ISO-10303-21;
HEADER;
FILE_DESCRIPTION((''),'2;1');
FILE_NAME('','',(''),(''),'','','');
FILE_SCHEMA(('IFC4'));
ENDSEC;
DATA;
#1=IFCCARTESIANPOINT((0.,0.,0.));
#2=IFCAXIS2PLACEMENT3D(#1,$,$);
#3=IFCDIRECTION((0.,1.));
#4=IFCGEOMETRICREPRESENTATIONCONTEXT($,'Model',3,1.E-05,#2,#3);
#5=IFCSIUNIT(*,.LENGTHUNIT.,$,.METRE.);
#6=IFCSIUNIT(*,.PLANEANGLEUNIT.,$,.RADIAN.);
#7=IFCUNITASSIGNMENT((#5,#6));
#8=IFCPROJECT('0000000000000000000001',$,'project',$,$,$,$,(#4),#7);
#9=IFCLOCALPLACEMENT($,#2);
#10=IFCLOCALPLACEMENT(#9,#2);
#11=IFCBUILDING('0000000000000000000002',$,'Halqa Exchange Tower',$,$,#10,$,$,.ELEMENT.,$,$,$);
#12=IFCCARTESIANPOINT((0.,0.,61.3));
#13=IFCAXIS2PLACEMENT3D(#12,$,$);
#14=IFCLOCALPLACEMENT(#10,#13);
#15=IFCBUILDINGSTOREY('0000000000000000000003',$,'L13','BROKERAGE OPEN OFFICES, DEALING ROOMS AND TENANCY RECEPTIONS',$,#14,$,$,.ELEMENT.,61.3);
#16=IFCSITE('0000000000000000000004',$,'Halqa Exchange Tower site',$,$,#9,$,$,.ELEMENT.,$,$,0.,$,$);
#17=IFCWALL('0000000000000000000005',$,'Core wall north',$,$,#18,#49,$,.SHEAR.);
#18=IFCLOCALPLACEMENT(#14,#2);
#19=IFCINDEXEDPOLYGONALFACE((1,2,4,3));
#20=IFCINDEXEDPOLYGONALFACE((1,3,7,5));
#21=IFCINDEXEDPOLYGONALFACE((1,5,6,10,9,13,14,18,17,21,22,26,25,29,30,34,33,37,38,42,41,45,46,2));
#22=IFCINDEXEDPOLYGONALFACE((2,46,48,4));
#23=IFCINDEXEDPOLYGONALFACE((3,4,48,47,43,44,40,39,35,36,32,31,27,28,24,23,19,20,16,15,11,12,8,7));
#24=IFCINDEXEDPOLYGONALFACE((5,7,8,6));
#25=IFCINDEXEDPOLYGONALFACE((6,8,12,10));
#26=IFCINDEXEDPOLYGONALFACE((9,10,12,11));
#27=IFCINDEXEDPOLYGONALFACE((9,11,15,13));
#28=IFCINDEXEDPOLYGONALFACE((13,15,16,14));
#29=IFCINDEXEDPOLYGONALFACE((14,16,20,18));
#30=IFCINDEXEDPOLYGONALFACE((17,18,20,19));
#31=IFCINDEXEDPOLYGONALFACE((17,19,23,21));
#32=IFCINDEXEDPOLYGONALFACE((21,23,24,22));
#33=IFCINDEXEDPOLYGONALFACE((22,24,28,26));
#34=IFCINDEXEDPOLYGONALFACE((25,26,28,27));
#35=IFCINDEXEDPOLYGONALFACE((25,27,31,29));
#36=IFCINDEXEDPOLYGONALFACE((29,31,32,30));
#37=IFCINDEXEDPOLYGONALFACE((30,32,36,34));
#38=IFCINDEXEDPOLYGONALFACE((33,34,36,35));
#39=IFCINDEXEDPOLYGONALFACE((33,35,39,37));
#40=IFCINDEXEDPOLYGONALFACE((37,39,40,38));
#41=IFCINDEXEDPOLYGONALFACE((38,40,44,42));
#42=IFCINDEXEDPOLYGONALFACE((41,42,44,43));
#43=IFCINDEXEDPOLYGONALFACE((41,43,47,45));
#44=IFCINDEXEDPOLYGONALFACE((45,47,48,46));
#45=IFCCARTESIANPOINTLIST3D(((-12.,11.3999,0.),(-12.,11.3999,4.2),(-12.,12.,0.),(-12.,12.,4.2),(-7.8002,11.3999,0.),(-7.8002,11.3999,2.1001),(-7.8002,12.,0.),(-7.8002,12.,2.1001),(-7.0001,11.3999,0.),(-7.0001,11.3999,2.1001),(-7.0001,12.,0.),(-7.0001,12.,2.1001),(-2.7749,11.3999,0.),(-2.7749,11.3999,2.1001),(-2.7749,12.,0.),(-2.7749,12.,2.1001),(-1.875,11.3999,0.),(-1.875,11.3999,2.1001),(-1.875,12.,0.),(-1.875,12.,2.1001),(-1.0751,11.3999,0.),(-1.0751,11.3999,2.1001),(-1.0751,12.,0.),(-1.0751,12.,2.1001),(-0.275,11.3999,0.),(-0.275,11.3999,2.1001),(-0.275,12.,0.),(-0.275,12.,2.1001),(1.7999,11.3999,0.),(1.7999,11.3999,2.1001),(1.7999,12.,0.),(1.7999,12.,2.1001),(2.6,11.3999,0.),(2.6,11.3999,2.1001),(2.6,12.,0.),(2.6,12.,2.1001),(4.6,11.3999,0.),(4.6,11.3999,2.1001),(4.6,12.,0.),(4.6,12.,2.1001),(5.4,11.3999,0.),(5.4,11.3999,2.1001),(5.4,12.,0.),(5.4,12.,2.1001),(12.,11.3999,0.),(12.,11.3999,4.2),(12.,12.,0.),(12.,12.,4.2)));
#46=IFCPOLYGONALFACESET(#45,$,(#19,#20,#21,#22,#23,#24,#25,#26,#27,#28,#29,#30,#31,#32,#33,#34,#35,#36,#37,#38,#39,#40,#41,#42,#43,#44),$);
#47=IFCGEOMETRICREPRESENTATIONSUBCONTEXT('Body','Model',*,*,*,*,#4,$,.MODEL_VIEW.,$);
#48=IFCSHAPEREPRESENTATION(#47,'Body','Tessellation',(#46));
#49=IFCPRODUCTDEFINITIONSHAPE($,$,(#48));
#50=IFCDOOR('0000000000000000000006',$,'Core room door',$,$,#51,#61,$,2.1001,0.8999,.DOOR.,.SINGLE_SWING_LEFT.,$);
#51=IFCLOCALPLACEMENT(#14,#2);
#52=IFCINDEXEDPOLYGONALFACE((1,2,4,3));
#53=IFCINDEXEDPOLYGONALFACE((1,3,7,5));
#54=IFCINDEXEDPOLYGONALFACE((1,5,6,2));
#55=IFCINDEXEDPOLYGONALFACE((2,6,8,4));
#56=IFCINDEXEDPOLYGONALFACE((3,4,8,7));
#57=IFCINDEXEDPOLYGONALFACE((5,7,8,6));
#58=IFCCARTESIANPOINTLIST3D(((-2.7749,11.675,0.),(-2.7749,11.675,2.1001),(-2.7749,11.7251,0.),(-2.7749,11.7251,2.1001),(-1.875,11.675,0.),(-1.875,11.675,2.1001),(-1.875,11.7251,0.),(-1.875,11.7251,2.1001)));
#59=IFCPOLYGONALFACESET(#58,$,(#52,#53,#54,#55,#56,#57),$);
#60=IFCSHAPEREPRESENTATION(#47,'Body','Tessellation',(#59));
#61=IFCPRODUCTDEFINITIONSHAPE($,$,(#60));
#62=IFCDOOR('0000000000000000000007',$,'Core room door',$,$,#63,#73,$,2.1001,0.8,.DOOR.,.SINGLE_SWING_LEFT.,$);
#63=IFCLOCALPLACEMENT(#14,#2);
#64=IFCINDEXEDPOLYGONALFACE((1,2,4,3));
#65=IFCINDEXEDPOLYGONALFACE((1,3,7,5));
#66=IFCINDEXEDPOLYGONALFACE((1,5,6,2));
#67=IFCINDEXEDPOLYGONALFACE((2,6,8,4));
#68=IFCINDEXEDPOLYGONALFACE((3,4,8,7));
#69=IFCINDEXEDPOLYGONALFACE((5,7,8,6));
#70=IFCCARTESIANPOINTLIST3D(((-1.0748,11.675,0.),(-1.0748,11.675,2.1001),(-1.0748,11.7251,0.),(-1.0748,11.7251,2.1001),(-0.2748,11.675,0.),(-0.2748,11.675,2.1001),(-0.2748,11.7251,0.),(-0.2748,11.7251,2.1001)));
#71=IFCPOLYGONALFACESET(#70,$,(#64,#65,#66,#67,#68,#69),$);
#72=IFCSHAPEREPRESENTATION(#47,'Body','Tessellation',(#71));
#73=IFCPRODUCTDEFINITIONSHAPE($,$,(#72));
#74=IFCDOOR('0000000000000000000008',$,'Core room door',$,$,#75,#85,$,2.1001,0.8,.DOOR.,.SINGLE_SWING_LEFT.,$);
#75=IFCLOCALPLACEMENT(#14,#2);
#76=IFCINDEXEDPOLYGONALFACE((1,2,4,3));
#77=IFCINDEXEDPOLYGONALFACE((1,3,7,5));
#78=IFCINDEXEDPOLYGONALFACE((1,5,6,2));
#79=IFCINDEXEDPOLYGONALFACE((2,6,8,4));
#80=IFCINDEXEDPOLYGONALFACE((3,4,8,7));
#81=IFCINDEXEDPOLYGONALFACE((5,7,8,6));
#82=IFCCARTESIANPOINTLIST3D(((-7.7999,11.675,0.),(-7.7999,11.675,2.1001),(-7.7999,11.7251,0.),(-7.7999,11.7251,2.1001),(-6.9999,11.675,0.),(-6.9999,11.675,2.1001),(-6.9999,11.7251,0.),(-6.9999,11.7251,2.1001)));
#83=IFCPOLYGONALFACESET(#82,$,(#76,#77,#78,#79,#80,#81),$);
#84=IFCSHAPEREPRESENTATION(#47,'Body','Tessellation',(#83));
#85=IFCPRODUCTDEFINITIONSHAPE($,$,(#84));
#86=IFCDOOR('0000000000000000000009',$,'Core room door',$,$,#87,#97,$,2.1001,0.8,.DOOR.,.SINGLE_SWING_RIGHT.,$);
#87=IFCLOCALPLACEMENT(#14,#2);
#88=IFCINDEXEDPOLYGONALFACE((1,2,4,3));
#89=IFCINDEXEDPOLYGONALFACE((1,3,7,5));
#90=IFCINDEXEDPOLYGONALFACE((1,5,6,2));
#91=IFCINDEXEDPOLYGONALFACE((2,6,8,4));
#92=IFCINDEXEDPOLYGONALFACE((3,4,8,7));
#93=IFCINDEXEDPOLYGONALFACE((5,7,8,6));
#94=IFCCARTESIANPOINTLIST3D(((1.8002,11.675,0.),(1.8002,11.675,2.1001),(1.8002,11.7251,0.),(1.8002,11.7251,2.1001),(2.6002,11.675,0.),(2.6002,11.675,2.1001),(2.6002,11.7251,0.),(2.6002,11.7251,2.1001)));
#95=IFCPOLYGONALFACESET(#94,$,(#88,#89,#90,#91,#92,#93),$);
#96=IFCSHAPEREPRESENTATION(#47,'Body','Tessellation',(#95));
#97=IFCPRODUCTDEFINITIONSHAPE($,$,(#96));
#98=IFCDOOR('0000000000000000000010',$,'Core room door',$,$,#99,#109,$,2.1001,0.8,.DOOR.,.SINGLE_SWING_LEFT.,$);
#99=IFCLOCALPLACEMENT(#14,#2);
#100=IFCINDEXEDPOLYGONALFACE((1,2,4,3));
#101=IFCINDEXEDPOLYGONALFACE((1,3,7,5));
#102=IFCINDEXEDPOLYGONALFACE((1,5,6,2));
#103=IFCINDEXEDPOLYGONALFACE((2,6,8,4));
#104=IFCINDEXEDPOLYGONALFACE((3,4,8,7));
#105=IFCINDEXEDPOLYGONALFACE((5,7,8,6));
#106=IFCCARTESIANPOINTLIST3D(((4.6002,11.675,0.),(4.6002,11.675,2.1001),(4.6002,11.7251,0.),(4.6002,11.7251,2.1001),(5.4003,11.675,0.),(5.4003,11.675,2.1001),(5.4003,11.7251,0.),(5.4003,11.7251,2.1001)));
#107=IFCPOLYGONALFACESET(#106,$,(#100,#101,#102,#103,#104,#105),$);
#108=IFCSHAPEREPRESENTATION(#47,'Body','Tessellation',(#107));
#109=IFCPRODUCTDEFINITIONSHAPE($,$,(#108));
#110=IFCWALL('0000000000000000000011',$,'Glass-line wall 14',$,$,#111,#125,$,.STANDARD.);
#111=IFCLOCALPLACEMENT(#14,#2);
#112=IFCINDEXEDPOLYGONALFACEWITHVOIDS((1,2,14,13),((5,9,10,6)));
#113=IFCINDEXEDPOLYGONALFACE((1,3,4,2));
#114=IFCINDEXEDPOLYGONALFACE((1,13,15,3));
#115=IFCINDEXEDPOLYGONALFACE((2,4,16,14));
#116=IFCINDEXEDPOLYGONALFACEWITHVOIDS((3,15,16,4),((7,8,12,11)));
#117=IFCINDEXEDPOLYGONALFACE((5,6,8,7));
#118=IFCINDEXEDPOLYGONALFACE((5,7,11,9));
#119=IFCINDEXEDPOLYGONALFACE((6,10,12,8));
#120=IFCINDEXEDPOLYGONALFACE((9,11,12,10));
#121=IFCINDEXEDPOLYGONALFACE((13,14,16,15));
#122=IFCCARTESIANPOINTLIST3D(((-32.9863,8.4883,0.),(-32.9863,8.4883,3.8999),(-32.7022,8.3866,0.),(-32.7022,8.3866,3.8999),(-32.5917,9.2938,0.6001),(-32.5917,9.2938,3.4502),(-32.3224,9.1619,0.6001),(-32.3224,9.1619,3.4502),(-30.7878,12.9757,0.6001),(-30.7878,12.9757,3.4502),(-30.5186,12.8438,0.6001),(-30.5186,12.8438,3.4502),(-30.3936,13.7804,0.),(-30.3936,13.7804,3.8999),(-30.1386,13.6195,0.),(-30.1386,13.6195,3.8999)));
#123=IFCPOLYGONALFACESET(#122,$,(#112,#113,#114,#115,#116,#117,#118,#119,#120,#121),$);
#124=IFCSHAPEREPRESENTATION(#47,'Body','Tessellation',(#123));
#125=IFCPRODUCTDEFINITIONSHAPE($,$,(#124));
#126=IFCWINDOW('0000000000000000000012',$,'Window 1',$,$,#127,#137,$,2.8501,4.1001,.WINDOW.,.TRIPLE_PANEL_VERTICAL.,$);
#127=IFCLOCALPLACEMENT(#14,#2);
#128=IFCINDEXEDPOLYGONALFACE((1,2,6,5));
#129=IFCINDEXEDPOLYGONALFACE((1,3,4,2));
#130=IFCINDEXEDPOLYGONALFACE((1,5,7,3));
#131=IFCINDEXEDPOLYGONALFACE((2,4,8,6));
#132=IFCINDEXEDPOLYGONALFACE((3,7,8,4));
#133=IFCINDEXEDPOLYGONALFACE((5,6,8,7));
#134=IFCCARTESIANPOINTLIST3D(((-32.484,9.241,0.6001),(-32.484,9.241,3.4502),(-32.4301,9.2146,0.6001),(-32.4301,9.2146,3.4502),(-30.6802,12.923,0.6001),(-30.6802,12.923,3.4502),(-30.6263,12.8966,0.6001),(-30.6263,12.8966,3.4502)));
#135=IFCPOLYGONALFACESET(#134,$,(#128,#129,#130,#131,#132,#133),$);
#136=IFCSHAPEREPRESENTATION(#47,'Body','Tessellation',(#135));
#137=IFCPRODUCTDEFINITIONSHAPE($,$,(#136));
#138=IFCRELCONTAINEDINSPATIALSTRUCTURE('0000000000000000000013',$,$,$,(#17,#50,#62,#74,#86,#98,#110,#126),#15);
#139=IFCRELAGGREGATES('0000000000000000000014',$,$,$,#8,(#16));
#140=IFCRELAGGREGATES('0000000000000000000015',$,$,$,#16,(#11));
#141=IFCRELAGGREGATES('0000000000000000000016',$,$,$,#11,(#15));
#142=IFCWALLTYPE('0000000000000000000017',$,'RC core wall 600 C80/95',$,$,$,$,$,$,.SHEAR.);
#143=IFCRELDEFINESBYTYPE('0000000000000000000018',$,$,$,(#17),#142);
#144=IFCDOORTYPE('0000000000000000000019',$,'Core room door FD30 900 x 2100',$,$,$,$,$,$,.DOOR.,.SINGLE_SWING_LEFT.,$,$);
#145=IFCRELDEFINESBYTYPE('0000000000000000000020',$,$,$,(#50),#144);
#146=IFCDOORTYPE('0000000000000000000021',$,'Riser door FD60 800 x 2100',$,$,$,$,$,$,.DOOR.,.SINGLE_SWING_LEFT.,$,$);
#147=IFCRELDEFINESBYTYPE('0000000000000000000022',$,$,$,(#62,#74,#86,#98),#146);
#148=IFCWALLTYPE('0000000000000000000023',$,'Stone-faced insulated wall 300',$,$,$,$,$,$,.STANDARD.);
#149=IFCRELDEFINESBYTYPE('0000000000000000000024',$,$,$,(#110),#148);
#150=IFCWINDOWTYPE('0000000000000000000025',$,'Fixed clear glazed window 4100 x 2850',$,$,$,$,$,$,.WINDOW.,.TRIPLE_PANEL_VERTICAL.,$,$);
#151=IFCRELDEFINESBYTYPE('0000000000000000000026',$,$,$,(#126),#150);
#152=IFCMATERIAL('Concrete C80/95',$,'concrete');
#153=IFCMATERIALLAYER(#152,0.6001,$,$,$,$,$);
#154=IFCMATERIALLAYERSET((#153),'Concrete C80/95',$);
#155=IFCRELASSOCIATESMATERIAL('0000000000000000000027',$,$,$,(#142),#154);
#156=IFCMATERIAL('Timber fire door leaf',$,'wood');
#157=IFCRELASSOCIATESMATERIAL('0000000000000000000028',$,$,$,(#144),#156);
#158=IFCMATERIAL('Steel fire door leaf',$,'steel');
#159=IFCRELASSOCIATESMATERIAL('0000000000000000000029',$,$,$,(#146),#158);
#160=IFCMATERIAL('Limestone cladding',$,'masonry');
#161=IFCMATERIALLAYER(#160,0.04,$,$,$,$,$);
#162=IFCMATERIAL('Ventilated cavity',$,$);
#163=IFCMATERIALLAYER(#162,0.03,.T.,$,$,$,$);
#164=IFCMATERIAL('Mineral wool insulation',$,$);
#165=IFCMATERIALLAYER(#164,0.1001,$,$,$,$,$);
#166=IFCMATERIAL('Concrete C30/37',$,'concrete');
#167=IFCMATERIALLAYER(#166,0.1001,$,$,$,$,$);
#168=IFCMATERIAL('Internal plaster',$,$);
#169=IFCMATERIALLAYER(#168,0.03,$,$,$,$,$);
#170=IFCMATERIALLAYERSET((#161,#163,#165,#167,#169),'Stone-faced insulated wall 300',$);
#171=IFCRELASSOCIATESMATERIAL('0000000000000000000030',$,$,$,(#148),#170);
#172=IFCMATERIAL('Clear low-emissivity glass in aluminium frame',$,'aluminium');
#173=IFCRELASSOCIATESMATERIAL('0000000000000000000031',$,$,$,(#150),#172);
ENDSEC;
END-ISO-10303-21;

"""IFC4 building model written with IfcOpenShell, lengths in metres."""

from ifc_helpers import new_model, si_unit, direction, frame, frame_2d, origin, place, context, subcontext, project, spatial, polyline, rectangle, outline, extrude, material, layer, layer_set, type_object, element, fill, save


model = new_model("IFC4")

# Units and contexts
model_context = context("Model", 3, precision=1e-05, world=origin(), true_north=direction((0.0, 1.0)))
body_context = subcontext(model_context, "Body", "Model", "MODEL_VIEW")
ifc_project = project(units=[si_unit("LENGTHUNIT", "METRE"), si_unit("PLANEANGLEUNIT", "RADIAN")], contexts=[model_context])

# Site, building, storey
site_placement = place(None, origin())
site = spatial("IfcSite", under=ifc_project, at=site_placement, Name="Halqa Exchange Tower site", CompositionType="ELEMENT", RefElevation=0.0)
building_placement = place(site_placement, origin())
building = spatial("IfcBuilding", under=site, at=building_placement, Name="Halqa Exchange Tower", CompositionType="ELEMENT")
storey_placement = place(building_placement, frame((0.0, 0.0, 61.3)))
storey = spatial("IfcBuildingStorey", under=building, at=storey_placement, Name="L13", Description="BROKERAGE OPEN OFFICES, DEALING ROOMS AND TENANCY RECEPTIONS", CompositionType="ELEMENT", Elevation=61.3)

# Shared definitions
ifc_material_1 = material(Name="Concrete C80/95", Category="concrete")

# Shared definitions
ifc_material_2 = material(Name="Steel fire door leaf", Category="steel")

# Wall, openings, doors
ifc_layer_1 = layer(ifc_material_1, 0.6001)
ifc_layer_set_1 = layer_set([ifc_layer_1], Name="Concrete C80/95")
wall_type_1 = type_object("IfcWallType", Name="RC core wall 600 C80/95", PredefinedType="SHEAR", material=ifc_layer_set_1)
wall_1_placement = place(storey_placement, frame((-12.0, 11.7, 0.0), z_axis=(0.0, 0.0, 1.0), x_axis=(1.0, 0.0, 0.0)))
wall_1 = element("IfcWall", 1, at=wall_1_placement, inside=storey, type_object=wall_type_1, Name="Core wall north", PredefinedType="SHEAR", context=body_context, shape_type="SweptSolid", body=[
    extrude(rectangle(XDim=24.0, YDim=0.6001, at=frame_2d((12.0, 0.0))), origin(), (0.0, 0.0, 1.0), 4.2),
])
opening_1_placement = place(wall_1_placement, frame((9.2251, 0.0, 0.0)))
opening_1 = element("IfcOpeningElement", 2, at=opening_1_placement, cuts=wall_1, PredefinedType="OPENING", context=body_context, shape_type="SweptSolid", body=[
    extrude(rectangle(XDim=0.8999, YDim=2.1001, at=frame_2d((0.45, 1.05))), frame((0.0, 0.312, 0.0), z_axis=(0.0, -1.0, 0.0), x_axis=(1.0, 0.0, 0.0)), (0.0, 0.0, 1.0), 0.624),
])
opening_2_placement = place(wall_1_placement, frame((10.925, 0.0, 0.0)))
opening_2 = element("IfcOpeningElement", 3, at=opening_2_placement, cuts=wall_1, PredefinedType="OPENING", context=body_context, shape_type="SweptSolid", body=[
    extrude(rectangle(XDim=0.8, YDim=2.1001, at=frame_2d((0.3999, 1.05))), frame((0.0, 0.312, 0.0), z_axis=(0.0, -1.0, 0.0), x_axis=(1.0, 0.0, 0.0)), (0.0, 0.0, 1.0), 0.624),
])
opening_3_placement = place(wall_1_placement, frame((4.2, 0.0, 0.0)))
opening_3 = element("IfcOpeningElement", 4, at=opening_3_placement, cuts=wall_1, PredefinedType="OPENING", context=body_context, shape_type="SweptSolid", body=[
    extrude(rectangle(XDim=0.8, YDim=2.1001, at=frame_2d((0.3999, 1.05))), frame((0.0, 0.312, 0.0), z_axis=(0.0, -1.0, 0.0), x_axis=(1.0, 0.0, 0.0)), (0.0, 0.0, 1.0), 0.624),
])
opening_4_placement = place(wall_1_placement, frame((13.8, 0.0, 0.0)))
opening_4 = element("IfcOpeningElement", 5, at=opening_4_placement, cuts=wall_1, PredefinedType="OPENING", context=body_context, shape_type="SweptSolid", body=[
    extrude(rectangle(XDim=0.8, YDim=2.1001, at=frame_2d((0.3999, 1.05))), frame((0.0, 0.312, 0.0), z_axis=(0.0, -1.0, 0.0), x_axis=(1.0, 0.0, 0.0)), (0.0, 0.0, 1.0), 0.624),
])
opening_5_placement = place(wall_1_placement, frame((16.6001, 0.0, 0.0)))
opening_5 = element("IfcOpeningElement", 6, at=opening_5_placement, cuts=wall_1, PredefinedType="OPENING", context=body_context, shape_type="SweptSolid", body=[
    extrude(rectangle(XDim=0.8, YDim=2.1001, at=frame_2d((0.3999, 1.05))), frame((0.0, 0.312, 0.0), z_axis=(0.0, -1.0, 0.0), x_axis=(1.0, 0.0, 0.0)), (0.0, 0.0, 1.0), 0.624),
])
ifc_material_3 = material(Name="Timber fire door leaf", Category="wood")
door_type_1 = type_object("IfcDoorType", Name="Core room door FD30 900 x 2100", OperationType="SINGLE_SWING_LEFT", PredefinedType="DOOR", material=ifc_material_3)
door_1_placement = place(opening_1_placement, frame((0.8999, 0.0, 0.0), z_axis=(0.0, 0.0, 1.0), x_axis=(-1.0, 0.0, 0.0)))
door_1 = element("IfcDoor", 7, at=door_1_placement, inside=storey, type_object=door_type_1, Name="Core room door", OperationType="SINGLE_SWING_LEFT", OverallHeight=2.1001, OverallWidth=0.8999, PredefinedType="DOOR", context=body_context, shape_type="SweptSolid", body=[
    extrude(rectangle(XDim=0.8999, YDim=2.1001, at=frame_2d((0.45, 1.05))), frame((0.0, 0.0249, 0.0), z_axis=(0.0, -1.0, 0.0), x_axis=(1.0, 0.0, 0.0)), (0.0, 0.0, 1.0), 0.05),
])
fill(opening_1, door_1)
door_type_2 = type_object("IfcDoorType", Name="Riser door FD60 800 x 2100", OperationType="SINGLE_SWING_LEFT", PredefinedType="DOOR", material=ifc_material_2)
door_2_placement = place(opening_2_placement, frame((0.8, 0.0, 0.0), z_axis=(0.0, 0.0, 1.0), x_axis=(-1.0, 0.0, 0.0)))
door_2 = element("IfcDoor", 8, at=door_2_placement, inside=storey, type_object=door_type_2, Name="Core room door", OperationType="SINGLE_SWING_LEFT", OverallHeight=2.1001, OverallWidth=0.8, PredefinedType="DOOR", context=body_context, shape_type="SweptSolid", body=[
    extrude(rectangle(XDim=0.8, YDim=2.1001, at=frame_2d((0.3999, 1.05))), frame((0.0, 0.0249, 0.0), z_axis=(0.0, -1.0, 0.0), x_axis=(1.0, 0.0, 0.0)), (0.0, 0.0, 1.0), 0.05),
])
fill(opening_2, door_2)
door_3_placement = place(opening_3_placement, frame((0.8, 0.0, 0.0), z_axis=(0.0, 0.0, 1.0), x_axis=(-1.0, 0.0, 0.0)))
door_3 = element("IfcDoor", 9, at=door_3_placement, inside=storey, type_object=door_type_2, Name="Core room door", OperationType="SINGLE_SWING_LEFT", OverallHeight=2.1001, OverallWidth=0.8, PredefinedType="DOOR", context=body_context, shape_type="SweptSolid", body=[
    extrude(rectangle(XDim=0.8, YDim=2.1001, at=frame_2d((0.3999, 1.05))), frame((0.0, 0.0249, 0.0), z_axis=(0.0, -1.0, 0.0), x_axis=(1.0, 0.0, 0.0)), (0.0, 0.0, 1.0), 0.05),
])
fill(opening_3, door_3)
door_4_placement = place(opening_4_placement, frame((0.8, 0.0, 0.0), z_axis=(0.0, 0.0, 1.0), x_axis=(-1.0, 0.0, 0.0)))
door_4 = element("IfcDoor", 10, at=door_4_placement, inside=storey, type_object=door_type_2, Name="Core room door", OperationType="SINGLE_SWING_RIGHT", OverallHeight=2.1001, OverallWidth=0.8, PredefinedType="DOOR", context=body_context, shape_type="SweptSolid", body=[
    extrude(rectangle(XDim=0.8, YDim=2.1001, at=frame_2d((0.3999, 1.05))), frame((0.0, 0.0249, 0.0), z_axis=(0.0, -1.0, 0.0), x_axis=(1.0, 0.0, 0.0)), (0.0, 0.0, 1.0), 0.05),
])
fill(opening_4, door_4)
door_5_placement = place(opening_5_placement, frame((0.8, 0.0, 0.0), z_axis=(0.0, 0.0, 1.0), x_axis=(-1.0, 0.0, 0.0)))
door_5 = element("IfcDoor", 11, at=door_5_placement, inside=storey, type_object=door_type_2, Name="Core room door", OperationType="SINGLE_SWING_LEFT", OverallHeight=2.1001, OverallWidth=0.8, PredefinedType="DOOR", context=body_context, shape_type="SweptSolid", body=[
    extrude(rectangle(XDim=0.8, YDim=2.1001, at=frame_2d((0.3999, 1.05))), frame((0.0, 0.0249, 0.0), z_axis=(0.0, -1.0, 0.0), x_axis=(1.0, 0.0, 0.0)), (0.0, 0.0, 1.0), 0.05),
])
fill(opening_5, door_5)

# Wall, opening, window
ifc_material_4 = material(Name="Limestone cladding", Category="masonry")
ifc_layer_2 = layer(ifc_material_4, 0.04)
ifc_material_5 = material(Name="Ventilated cavity")
ifc_layer_3 = layer(ifc_material_5, 0.03, ventilated=True)
ifc_material_6 = material(Name="Mineral wool insulation")
ifc_layer_4 = layer(ifc_material_6, 0.1001)
ifc_material_7 = material(Name="Concrete C30/37", Category="concrete")
ifc_layer_5 = layer(ifc_material_7, 0.1001)
ifc_material_8 = material(Name="Internal plaster")
ifc_layer_6 = layer(ifc_material_8, 0.03)
ifc_layer_set_2 = layer_set([ifc_layer_2, ifc_layer_3, ifc_layer_4, ifc_layer_5, ifc_layer_6], Name="Stone-faced insulated wall 300")
wall_type_2 = type_object("IfcWallType", Name="Stone-faced insulated wall 300", PredefinedType="STANDARD", material=ifc_layer_set_2)
wall_2_placement = place(storey_placement, frame((-30.2661, 13.7, 0.0), z_axis=(0.0, 0.0, 1.0), x_axis=(-0.43995, -0.898022, 0.0)))
wall_2 = element("IfcWall", 12, at=wall_2_placement, inside=storey, type_object=wall_type_2, Name="Glass-line wall 14", PredefinedType="STANDARD", context=body_context, shape_type="SweptSolid", body=[
    extrude(outline(polyline([(-0.0161, -0.1499), (5.877, -0.1499), (5.8433, 0.1499), (0.0161, 0.1499), (-0.0161, -0.1499)])), origin(), (0.0, 0.0, 1.0), 3.8999),
])
opening_6_placement = place(wall_2_placement, frame((0.8799, 0.0, 0.6001)))
opening_6 = element("IfcOpeningElement", 13, at=opening_6_placement, cuts=wall_2, PredefinedType="OPENING", context=body_context, shape_type="SweptSolid", body=[
    extrude(rectangle(XDim=4.1001, YDim=2.8501, at=frame_2d((2.05, 1.425))), frame((0.0, 0.1621, 0.0), z_axis=(0.0, -1.0, 0.0), x_axis=(1.0, 0.0, 0.0)), (0.0, 0.0, 1.0), 0.324),
])
ifc_material_9 = material(Name="Clear low-emissivity glass in aluminium frame", Category="aluminium")
window_type = type_object("IfcWindowType", Name="Fixed clear glazed window 4100 x 2850", PartitioningType="TRIPLE_PANEL_VERTICAL", PredefinedType="WINDOW", material=ifc_material_9)
window_1_placement = place(opening_6_placement, origin())
window_1 = element("IfcWindow", 14, at=window_1_placement, inside=storey, type_object=window_type, Name="Window 1", OverallHeight=2.8501, OverallWidth=4.1001, PartitioningType="TRIPLE_PANEL_VERTICAL", PredefinedType="WINDOW", context=body_context, shape_type="SweptSolid", body=[
    extrude(rectangle(XDim=4.1001, YDim=2.8501, at=frame_2d((2.05, 1.425))), frame((0.0, 0.03, 0.0), z_axis=(0.0, -1.0, 0.0), x_axis=(1.0, 0.0, 0.0)), (0.0, 0.0, 1.0), 0.0601),
])
fill(opening_6, window_1)

save(model, "model.ifc")
